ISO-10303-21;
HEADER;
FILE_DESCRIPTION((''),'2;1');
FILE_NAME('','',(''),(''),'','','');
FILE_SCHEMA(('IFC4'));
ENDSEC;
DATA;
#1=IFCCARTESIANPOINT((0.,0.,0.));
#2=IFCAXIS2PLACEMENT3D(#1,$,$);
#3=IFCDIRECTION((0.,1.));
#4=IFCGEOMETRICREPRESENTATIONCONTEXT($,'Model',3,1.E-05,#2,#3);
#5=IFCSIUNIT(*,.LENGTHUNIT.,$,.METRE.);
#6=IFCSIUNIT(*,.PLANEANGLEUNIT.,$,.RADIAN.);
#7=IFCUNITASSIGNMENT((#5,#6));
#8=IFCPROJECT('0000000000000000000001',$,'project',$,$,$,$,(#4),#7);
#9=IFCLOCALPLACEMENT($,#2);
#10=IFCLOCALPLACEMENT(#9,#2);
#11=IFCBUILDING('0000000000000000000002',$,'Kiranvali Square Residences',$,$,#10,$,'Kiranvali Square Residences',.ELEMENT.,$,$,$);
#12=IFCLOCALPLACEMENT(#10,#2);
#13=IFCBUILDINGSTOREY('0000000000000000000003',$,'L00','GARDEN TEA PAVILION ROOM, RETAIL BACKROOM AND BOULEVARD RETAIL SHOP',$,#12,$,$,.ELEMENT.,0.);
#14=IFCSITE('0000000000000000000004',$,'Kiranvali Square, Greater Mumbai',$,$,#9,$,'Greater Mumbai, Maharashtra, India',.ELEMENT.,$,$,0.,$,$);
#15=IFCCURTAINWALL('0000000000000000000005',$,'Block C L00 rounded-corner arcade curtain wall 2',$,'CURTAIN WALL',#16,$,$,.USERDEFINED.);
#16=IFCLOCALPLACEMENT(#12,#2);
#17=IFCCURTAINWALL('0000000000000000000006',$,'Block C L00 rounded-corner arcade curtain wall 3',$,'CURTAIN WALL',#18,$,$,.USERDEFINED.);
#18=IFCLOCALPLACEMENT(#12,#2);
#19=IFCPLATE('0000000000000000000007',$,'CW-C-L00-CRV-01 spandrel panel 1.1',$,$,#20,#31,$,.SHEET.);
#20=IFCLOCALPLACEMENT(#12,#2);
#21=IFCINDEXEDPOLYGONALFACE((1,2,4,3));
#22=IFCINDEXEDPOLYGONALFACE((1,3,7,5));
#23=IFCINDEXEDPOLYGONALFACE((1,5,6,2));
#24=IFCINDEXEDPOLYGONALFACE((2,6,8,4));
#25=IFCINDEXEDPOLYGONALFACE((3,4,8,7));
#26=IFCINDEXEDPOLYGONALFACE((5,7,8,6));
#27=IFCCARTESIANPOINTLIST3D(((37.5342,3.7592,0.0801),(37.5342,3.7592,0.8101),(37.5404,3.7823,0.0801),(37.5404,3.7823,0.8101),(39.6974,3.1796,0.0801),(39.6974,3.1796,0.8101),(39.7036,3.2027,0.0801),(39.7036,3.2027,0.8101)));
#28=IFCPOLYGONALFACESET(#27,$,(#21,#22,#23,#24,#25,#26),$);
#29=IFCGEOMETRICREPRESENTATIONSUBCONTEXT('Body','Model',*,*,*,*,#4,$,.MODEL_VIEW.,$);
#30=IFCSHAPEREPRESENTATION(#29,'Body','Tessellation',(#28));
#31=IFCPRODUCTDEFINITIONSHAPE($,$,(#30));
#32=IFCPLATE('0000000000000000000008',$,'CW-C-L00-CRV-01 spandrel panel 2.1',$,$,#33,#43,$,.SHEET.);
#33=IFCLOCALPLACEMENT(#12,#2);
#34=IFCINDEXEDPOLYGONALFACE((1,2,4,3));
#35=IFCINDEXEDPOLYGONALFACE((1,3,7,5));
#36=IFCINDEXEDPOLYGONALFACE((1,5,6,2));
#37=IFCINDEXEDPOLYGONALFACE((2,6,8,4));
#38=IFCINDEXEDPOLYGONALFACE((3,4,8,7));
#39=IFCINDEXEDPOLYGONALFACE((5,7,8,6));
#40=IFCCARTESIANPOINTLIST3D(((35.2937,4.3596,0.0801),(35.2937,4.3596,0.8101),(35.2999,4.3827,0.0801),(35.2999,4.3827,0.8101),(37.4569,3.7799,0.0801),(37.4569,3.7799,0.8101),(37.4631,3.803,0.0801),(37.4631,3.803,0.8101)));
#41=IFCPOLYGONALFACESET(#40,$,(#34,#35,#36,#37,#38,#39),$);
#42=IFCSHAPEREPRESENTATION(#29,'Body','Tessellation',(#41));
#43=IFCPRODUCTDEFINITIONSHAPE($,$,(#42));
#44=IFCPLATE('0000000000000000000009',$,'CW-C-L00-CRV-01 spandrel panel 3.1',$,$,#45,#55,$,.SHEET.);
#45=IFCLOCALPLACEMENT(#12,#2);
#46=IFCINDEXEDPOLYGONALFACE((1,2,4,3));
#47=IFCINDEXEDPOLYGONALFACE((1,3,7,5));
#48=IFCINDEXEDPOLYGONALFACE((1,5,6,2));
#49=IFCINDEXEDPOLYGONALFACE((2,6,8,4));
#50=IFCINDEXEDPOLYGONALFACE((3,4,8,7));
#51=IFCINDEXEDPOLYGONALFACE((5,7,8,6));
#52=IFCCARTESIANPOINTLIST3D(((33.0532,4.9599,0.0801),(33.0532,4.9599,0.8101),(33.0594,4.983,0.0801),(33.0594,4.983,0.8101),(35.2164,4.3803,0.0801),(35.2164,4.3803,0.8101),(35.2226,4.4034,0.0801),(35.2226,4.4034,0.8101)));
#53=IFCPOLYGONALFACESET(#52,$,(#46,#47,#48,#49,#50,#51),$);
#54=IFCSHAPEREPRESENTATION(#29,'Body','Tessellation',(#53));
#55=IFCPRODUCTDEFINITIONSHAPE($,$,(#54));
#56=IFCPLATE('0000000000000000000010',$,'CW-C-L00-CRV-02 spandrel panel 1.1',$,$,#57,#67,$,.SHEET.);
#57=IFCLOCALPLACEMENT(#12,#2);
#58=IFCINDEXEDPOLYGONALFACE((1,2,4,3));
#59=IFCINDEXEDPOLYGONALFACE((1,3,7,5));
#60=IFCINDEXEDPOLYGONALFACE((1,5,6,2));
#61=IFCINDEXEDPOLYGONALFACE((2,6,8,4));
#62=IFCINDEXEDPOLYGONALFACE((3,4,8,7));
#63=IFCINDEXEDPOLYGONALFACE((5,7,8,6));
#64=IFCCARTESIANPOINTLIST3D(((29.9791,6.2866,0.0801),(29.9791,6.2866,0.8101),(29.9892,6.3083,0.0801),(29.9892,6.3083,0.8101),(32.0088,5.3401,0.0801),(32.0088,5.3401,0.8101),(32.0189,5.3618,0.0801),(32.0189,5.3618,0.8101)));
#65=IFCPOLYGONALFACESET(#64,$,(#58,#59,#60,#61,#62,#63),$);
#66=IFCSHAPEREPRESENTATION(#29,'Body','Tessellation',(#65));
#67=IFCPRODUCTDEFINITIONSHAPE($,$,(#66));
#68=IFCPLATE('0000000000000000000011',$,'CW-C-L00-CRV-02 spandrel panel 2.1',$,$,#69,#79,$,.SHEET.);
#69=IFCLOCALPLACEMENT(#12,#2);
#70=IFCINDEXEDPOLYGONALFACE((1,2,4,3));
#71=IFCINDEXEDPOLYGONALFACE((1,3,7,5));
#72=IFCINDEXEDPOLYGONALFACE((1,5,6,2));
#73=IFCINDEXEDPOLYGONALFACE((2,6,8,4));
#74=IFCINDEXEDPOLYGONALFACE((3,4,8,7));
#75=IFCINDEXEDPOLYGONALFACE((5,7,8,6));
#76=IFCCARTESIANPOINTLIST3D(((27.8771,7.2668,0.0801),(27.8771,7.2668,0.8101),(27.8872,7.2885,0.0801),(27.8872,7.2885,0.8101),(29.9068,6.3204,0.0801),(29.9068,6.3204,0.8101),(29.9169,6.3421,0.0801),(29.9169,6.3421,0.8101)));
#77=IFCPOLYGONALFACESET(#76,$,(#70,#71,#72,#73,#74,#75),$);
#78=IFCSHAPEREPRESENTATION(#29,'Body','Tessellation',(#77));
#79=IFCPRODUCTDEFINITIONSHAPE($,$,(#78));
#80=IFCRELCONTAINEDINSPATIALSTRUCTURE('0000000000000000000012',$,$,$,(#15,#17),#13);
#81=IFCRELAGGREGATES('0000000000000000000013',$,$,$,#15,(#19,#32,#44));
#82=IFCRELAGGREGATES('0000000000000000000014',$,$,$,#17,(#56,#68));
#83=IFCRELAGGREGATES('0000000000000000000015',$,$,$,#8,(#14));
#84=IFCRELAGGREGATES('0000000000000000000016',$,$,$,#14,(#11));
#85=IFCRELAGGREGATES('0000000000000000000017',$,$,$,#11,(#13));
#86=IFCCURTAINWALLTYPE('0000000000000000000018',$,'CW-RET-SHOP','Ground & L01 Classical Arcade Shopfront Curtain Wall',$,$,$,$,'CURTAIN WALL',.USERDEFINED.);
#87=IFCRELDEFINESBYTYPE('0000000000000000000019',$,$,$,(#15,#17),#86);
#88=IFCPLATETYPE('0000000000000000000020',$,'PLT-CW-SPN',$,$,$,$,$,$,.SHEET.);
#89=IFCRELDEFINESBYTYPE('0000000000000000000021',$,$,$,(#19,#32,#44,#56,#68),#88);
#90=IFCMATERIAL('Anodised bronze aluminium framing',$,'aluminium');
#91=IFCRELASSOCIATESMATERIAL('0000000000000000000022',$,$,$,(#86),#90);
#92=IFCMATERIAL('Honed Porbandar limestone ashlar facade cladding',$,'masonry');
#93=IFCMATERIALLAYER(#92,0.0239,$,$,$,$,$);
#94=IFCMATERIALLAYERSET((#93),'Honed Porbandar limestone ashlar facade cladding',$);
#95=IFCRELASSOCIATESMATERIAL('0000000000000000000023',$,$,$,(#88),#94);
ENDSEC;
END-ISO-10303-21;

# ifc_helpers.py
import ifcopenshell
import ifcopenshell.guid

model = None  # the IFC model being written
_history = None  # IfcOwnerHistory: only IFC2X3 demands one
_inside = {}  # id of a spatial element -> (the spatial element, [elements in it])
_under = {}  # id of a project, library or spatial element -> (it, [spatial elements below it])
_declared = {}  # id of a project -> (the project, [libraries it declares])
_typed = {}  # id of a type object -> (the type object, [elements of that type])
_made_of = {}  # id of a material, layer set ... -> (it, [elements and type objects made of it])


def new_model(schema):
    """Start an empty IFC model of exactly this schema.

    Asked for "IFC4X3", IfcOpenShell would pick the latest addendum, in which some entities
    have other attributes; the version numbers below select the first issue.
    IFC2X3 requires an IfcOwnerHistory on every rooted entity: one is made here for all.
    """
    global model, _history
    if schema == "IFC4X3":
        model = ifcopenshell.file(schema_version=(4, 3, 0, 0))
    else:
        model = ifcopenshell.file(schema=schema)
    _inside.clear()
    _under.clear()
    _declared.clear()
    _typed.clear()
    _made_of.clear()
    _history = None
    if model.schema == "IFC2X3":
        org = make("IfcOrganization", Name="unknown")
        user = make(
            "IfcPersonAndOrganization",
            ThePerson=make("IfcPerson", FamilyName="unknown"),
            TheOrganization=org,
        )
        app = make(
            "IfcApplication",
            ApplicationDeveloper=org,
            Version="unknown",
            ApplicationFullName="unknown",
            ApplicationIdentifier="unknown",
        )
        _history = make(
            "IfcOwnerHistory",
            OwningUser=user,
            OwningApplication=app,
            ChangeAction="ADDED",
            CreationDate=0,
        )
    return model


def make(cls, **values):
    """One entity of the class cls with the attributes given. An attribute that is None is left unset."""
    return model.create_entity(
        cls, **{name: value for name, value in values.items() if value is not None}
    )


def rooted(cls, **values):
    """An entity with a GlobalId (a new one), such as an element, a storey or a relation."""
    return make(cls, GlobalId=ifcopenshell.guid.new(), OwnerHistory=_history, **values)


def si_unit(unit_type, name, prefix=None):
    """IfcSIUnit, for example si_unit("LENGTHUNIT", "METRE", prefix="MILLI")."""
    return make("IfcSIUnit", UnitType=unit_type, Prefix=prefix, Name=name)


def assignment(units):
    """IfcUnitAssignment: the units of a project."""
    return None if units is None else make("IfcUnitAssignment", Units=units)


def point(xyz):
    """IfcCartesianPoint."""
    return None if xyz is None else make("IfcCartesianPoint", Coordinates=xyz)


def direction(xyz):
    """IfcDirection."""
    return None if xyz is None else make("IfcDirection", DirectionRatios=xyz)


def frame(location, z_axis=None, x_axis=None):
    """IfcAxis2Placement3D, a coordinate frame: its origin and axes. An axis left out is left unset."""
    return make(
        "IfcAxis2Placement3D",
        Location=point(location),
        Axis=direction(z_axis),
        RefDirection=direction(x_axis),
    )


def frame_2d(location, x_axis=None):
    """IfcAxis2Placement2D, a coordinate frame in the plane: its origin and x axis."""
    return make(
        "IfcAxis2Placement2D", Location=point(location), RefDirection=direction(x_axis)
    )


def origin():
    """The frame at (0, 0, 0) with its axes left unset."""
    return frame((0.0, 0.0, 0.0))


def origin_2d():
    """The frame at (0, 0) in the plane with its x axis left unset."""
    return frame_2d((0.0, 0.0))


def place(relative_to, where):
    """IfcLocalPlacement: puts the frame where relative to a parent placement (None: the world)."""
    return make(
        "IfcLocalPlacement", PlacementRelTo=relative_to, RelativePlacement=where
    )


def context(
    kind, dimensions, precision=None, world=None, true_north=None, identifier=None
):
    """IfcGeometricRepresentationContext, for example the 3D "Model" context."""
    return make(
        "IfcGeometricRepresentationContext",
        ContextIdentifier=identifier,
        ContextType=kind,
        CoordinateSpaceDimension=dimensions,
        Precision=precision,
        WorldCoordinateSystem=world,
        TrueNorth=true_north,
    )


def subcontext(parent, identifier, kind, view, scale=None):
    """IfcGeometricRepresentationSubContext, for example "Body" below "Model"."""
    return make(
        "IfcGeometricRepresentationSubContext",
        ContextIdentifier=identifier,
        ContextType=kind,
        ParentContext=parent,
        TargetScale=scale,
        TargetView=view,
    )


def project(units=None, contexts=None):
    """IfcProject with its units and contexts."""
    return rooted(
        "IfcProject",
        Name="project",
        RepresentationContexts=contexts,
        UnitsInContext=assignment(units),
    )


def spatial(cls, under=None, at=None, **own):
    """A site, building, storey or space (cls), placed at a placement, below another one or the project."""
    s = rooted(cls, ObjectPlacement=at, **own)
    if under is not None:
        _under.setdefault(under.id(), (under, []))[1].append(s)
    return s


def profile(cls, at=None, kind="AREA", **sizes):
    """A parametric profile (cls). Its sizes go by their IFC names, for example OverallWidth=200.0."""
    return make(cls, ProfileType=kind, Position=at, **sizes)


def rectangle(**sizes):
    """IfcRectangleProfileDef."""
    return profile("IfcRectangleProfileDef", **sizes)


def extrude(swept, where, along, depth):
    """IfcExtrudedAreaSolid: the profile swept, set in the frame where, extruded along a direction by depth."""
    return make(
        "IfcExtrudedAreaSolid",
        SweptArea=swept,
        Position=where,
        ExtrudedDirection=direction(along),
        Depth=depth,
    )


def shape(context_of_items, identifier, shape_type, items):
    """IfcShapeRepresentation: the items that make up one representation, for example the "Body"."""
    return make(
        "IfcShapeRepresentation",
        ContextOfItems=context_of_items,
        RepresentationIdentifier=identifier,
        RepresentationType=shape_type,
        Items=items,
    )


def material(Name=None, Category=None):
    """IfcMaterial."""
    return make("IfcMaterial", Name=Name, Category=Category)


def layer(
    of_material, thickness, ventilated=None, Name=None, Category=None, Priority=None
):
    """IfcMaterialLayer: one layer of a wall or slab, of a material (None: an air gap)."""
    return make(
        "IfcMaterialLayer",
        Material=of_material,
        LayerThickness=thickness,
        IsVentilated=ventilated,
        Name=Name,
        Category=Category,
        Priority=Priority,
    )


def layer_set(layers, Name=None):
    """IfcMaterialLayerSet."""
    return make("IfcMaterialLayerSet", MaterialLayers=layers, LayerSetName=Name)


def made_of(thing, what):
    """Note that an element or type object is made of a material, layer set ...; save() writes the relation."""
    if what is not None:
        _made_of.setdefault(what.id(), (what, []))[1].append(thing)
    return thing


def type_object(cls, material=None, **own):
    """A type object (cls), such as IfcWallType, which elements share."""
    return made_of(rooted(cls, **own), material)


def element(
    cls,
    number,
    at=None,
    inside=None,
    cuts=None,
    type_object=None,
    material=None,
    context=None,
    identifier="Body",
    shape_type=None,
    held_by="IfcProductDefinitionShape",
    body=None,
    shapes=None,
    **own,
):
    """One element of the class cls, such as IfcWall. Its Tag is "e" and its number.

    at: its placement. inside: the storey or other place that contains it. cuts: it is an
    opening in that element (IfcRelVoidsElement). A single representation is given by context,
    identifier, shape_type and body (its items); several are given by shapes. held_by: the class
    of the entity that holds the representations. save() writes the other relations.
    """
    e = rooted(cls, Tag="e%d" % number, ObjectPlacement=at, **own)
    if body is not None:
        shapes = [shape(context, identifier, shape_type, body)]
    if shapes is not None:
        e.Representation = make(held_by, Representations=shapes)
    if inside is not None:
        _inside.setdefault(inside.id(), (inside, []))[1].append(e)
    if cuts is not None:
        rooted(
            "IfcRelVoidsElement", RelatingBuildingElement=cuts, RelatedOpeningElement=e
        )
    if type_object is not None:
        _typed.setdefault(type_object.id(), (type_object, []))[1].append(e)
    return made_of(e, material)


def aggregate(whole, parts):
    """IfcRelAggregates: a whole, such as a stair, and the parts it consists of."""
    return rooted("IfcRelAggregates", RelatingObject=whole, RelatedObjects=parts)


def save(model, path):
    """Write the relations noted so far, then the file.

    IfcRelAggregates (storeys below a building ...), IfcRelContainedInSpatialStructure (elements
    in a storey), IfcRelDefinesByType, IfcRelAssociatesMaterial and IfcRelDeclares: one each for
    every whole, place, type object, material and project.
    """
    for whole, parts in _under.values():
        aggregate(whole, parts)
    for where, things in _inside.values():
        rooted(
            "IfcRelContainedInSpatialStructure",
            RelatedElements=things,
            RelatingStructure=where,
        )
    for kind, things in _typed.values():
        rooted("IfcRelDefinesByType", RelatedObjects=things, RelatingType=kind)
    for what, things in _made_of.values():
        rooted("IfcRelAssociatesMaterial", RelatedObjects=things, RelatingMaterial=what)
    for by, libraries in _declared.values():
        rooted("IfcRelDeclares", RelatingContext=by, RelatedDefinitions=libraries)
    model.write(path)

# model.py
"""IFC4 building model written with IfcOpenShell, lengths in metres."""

from ifc_helpers import new_model, si_unit, direction, frame, origin, origin_2d, place, context, subcontext, project, spatial, rectangle, extrude, material, layer, layer_set, type_object, element, aggregate, save


model = new_model("IFC4")

# Units and contexts
model_context = context("Model", 3, precision=1e-05, world=origin(), true_north=direction((0.0, 1.0)))
body_context = subcontext(model_context, "Body", "Model", "MODEL_VIEW")
ifc_project = project(units=[si_unit("LENGTHUNIT", "METRE"), si_unit("PLANEANGLEUNIT", "RADIAN")], contexts=[model_context])

# Site, building, storey
site_placement = place(None, origin())
site = spatial("IfcSite", under=ifc_project, at=site_placement, Name="Kiranvali Square, Greater Mumbai", LongName="Greater Mumbai, Maharashtra, India", CompositionType="ELEMENT", RefElevation=0.0)
building_placement = place(site_placement, origin())
building = spatial("IfcBuilding", under=site, at=building_placement, Name="Kiranvali Square Residences", LongName="Kiranvali Square Residences", CompositionType="ELEMENT")
storey_placement = place(building_placement, origin())
storey = spatial("IfcBuildingStorey", under=building, at=storey_placement, Name="L00", Description="GARDEN TEA PAVILION ROOM, RETAIL BACKROOM AND BOULEVARD RETAIL SHOP", CompositionType="ELEMENT", Elevation=0.0)

# Shared definitions
ifc_material_1 = material(Name="Anodised bronze aluminium framing", Category="aluminium")
curtain_wall_type = type_object("IfcCurtainWallType", Name="CW-RET-SHOP", Description="Ground & L01 Classical Arcade Shopfront Curtain Wall", ElementType="CURTAIN WALL", PredefinedType="USERDEFINED", material=ifc_material_1)

# Curtain walls
curtain_wall_1_placement = place(storey_placement, origin())
curtain_wall_1 = element("IfcCurtainWall", 1, at=curtain_wall_1_placement, inside=storey, type_object=curtain_wall_type, Name="Block C L00 rounded-corner arcade curtain wall 2", ObjectType="CURTAIN WALL", PredefinedType="USERDEFINED")
curtain_wall_2_placement = place(storey_placement, origin())
curtain_wall_2 = element("IfcCurtainWall", 2, at=curtain_wall_2_placement, inside=storey, type_object=curtain_wall_type, Name="Block C L00 rounded-corner arcade curtain wall 3", ObjectType="CURTAIN WALL", PredefinedType="USERDEFINED")

# Plates
ifc_material_2 = material(Name="Honed Porbandar limestone ashlar facade cladding", Category="masonry")
ifc_layer_1 = layer(ifc_material_2, 0.0239)
ifc_layer_set_1 = layer_set([ifc_layer_1], Name="Honed Porbandar limestone ashlar facade cladding")
plate_type_1 = type_object("IfcPlateType", Name="PLT-CW-SPN", PredefinedType="SHEET", material=ifc_layer_set_1)
plate_1_placement = place(storey_placement, frame((38.6189, 3.481, 0.0801), z_axis=(0.0, 0.0, 1.0), x_axis=(-0.965926, 0.258819, 0.0)))
plate_1 = element("IfcPlate", 3, at=plate_1_placement, type_object=plate_type_1, Name="CW-C-L00-CRV-01 spandrel panel 1.1", PredefinedType="SHEET", context=body_context, shape_type="SweptSolid", body=[
    extrude(rectangle(XDim=2.2395, YDim=0.0239, at=origin_2d()), origin(), (0.0, 0.0, 1.0), 0.73),
])
plate_2_placement = place(storey_placement, frame((36.3784, 4.0813, 0.0801), z_axis=(0.0, 0.0, 1.0), x_axis=(-0.965926, 0.258819, 0.0)))
plate_2 = element("IfcPlate", 4, at=plate_2_placement, type_object=plate_type_1, Name="CW-C-L00-CRV-01 spandrel panel 2.1", PredefinedType="SHEET", context=body_context, shape_type="SweptSolid", body=[
    extrude(rectangle(XDim=2.2395, YDim=0.0239, at=origin_2d()), origin(), (0.0, 0.0, 1.0), 0.73),
])
plate_3_placement = place(storey_placement, frame((34.1379, 4.6816, 0.0801), z_axis=(0.0, 0.0, 1.0), x_axis=(-0.965926, 0.258819, 0.0)))
plate_3 = element("IfcPlate", 5, at=plate_3_placement, type_object=plate_type_1, Name="CW-C-L00-CRV-01 spandrel panel 3.1", PredefinedType="SHEET", context=body_context, shape_type="SweptSolid", body=[
    extrude(rectangle(XDim=2.2395, YDim=0.0239, at=origin_2d()), origin(), (0.0, 0.0, 1.0), 0.73),
])
aggregate(curtain_wall_1, [plate_1, plate_2, plate_3])
plate_4_placement = place(storey_placement, frame((30.999, 5.8242, 0.0801), z_axis=(0.0, 0.0, 1.0), x_axis=(-0.906308, 0.422618, 0.0)))
plate_4 = element("IfcPlate", 6, at=plate_4_placement, type_object=plate_type_1, Name="CW-C-L00-CRV-02 spandrel panel 1.1", PredefinedType="SHEET", context=body_context, shape_type="SweptSolid", body=[
    extrude(rectangle(XDim=2.2395, YDim=0.0239, at=origin_2d()), origin(), (0.0, 0.0, 1.0), 0.73),
])
plate_5_placement = place(storey_placement, frame((28.897, 6.8044, 0.0801), z_axis=(0.0, 0.0, 1.0), x_axis=(-0.906308, 0.422618, 0.0)))
plate_5 = element("IfcPlate", 7, at=plate_5_placement, type_object=plate_type_1, Name="CW-C-L00-CRV-02 spandrel panel 2.1", PredefinedType="SHEET", context=body_context, shape_type="SweptSolid", body=[
    extrude(rectangle(XDim=2.2395, YDim=0.0239, at=origin_2d()), origin(), (0.0, 0.0, 1.0), 0.73),
])
aggregate(curtain_wall_2, [plate_4, plate_5])

save(model, "model.ifc")
